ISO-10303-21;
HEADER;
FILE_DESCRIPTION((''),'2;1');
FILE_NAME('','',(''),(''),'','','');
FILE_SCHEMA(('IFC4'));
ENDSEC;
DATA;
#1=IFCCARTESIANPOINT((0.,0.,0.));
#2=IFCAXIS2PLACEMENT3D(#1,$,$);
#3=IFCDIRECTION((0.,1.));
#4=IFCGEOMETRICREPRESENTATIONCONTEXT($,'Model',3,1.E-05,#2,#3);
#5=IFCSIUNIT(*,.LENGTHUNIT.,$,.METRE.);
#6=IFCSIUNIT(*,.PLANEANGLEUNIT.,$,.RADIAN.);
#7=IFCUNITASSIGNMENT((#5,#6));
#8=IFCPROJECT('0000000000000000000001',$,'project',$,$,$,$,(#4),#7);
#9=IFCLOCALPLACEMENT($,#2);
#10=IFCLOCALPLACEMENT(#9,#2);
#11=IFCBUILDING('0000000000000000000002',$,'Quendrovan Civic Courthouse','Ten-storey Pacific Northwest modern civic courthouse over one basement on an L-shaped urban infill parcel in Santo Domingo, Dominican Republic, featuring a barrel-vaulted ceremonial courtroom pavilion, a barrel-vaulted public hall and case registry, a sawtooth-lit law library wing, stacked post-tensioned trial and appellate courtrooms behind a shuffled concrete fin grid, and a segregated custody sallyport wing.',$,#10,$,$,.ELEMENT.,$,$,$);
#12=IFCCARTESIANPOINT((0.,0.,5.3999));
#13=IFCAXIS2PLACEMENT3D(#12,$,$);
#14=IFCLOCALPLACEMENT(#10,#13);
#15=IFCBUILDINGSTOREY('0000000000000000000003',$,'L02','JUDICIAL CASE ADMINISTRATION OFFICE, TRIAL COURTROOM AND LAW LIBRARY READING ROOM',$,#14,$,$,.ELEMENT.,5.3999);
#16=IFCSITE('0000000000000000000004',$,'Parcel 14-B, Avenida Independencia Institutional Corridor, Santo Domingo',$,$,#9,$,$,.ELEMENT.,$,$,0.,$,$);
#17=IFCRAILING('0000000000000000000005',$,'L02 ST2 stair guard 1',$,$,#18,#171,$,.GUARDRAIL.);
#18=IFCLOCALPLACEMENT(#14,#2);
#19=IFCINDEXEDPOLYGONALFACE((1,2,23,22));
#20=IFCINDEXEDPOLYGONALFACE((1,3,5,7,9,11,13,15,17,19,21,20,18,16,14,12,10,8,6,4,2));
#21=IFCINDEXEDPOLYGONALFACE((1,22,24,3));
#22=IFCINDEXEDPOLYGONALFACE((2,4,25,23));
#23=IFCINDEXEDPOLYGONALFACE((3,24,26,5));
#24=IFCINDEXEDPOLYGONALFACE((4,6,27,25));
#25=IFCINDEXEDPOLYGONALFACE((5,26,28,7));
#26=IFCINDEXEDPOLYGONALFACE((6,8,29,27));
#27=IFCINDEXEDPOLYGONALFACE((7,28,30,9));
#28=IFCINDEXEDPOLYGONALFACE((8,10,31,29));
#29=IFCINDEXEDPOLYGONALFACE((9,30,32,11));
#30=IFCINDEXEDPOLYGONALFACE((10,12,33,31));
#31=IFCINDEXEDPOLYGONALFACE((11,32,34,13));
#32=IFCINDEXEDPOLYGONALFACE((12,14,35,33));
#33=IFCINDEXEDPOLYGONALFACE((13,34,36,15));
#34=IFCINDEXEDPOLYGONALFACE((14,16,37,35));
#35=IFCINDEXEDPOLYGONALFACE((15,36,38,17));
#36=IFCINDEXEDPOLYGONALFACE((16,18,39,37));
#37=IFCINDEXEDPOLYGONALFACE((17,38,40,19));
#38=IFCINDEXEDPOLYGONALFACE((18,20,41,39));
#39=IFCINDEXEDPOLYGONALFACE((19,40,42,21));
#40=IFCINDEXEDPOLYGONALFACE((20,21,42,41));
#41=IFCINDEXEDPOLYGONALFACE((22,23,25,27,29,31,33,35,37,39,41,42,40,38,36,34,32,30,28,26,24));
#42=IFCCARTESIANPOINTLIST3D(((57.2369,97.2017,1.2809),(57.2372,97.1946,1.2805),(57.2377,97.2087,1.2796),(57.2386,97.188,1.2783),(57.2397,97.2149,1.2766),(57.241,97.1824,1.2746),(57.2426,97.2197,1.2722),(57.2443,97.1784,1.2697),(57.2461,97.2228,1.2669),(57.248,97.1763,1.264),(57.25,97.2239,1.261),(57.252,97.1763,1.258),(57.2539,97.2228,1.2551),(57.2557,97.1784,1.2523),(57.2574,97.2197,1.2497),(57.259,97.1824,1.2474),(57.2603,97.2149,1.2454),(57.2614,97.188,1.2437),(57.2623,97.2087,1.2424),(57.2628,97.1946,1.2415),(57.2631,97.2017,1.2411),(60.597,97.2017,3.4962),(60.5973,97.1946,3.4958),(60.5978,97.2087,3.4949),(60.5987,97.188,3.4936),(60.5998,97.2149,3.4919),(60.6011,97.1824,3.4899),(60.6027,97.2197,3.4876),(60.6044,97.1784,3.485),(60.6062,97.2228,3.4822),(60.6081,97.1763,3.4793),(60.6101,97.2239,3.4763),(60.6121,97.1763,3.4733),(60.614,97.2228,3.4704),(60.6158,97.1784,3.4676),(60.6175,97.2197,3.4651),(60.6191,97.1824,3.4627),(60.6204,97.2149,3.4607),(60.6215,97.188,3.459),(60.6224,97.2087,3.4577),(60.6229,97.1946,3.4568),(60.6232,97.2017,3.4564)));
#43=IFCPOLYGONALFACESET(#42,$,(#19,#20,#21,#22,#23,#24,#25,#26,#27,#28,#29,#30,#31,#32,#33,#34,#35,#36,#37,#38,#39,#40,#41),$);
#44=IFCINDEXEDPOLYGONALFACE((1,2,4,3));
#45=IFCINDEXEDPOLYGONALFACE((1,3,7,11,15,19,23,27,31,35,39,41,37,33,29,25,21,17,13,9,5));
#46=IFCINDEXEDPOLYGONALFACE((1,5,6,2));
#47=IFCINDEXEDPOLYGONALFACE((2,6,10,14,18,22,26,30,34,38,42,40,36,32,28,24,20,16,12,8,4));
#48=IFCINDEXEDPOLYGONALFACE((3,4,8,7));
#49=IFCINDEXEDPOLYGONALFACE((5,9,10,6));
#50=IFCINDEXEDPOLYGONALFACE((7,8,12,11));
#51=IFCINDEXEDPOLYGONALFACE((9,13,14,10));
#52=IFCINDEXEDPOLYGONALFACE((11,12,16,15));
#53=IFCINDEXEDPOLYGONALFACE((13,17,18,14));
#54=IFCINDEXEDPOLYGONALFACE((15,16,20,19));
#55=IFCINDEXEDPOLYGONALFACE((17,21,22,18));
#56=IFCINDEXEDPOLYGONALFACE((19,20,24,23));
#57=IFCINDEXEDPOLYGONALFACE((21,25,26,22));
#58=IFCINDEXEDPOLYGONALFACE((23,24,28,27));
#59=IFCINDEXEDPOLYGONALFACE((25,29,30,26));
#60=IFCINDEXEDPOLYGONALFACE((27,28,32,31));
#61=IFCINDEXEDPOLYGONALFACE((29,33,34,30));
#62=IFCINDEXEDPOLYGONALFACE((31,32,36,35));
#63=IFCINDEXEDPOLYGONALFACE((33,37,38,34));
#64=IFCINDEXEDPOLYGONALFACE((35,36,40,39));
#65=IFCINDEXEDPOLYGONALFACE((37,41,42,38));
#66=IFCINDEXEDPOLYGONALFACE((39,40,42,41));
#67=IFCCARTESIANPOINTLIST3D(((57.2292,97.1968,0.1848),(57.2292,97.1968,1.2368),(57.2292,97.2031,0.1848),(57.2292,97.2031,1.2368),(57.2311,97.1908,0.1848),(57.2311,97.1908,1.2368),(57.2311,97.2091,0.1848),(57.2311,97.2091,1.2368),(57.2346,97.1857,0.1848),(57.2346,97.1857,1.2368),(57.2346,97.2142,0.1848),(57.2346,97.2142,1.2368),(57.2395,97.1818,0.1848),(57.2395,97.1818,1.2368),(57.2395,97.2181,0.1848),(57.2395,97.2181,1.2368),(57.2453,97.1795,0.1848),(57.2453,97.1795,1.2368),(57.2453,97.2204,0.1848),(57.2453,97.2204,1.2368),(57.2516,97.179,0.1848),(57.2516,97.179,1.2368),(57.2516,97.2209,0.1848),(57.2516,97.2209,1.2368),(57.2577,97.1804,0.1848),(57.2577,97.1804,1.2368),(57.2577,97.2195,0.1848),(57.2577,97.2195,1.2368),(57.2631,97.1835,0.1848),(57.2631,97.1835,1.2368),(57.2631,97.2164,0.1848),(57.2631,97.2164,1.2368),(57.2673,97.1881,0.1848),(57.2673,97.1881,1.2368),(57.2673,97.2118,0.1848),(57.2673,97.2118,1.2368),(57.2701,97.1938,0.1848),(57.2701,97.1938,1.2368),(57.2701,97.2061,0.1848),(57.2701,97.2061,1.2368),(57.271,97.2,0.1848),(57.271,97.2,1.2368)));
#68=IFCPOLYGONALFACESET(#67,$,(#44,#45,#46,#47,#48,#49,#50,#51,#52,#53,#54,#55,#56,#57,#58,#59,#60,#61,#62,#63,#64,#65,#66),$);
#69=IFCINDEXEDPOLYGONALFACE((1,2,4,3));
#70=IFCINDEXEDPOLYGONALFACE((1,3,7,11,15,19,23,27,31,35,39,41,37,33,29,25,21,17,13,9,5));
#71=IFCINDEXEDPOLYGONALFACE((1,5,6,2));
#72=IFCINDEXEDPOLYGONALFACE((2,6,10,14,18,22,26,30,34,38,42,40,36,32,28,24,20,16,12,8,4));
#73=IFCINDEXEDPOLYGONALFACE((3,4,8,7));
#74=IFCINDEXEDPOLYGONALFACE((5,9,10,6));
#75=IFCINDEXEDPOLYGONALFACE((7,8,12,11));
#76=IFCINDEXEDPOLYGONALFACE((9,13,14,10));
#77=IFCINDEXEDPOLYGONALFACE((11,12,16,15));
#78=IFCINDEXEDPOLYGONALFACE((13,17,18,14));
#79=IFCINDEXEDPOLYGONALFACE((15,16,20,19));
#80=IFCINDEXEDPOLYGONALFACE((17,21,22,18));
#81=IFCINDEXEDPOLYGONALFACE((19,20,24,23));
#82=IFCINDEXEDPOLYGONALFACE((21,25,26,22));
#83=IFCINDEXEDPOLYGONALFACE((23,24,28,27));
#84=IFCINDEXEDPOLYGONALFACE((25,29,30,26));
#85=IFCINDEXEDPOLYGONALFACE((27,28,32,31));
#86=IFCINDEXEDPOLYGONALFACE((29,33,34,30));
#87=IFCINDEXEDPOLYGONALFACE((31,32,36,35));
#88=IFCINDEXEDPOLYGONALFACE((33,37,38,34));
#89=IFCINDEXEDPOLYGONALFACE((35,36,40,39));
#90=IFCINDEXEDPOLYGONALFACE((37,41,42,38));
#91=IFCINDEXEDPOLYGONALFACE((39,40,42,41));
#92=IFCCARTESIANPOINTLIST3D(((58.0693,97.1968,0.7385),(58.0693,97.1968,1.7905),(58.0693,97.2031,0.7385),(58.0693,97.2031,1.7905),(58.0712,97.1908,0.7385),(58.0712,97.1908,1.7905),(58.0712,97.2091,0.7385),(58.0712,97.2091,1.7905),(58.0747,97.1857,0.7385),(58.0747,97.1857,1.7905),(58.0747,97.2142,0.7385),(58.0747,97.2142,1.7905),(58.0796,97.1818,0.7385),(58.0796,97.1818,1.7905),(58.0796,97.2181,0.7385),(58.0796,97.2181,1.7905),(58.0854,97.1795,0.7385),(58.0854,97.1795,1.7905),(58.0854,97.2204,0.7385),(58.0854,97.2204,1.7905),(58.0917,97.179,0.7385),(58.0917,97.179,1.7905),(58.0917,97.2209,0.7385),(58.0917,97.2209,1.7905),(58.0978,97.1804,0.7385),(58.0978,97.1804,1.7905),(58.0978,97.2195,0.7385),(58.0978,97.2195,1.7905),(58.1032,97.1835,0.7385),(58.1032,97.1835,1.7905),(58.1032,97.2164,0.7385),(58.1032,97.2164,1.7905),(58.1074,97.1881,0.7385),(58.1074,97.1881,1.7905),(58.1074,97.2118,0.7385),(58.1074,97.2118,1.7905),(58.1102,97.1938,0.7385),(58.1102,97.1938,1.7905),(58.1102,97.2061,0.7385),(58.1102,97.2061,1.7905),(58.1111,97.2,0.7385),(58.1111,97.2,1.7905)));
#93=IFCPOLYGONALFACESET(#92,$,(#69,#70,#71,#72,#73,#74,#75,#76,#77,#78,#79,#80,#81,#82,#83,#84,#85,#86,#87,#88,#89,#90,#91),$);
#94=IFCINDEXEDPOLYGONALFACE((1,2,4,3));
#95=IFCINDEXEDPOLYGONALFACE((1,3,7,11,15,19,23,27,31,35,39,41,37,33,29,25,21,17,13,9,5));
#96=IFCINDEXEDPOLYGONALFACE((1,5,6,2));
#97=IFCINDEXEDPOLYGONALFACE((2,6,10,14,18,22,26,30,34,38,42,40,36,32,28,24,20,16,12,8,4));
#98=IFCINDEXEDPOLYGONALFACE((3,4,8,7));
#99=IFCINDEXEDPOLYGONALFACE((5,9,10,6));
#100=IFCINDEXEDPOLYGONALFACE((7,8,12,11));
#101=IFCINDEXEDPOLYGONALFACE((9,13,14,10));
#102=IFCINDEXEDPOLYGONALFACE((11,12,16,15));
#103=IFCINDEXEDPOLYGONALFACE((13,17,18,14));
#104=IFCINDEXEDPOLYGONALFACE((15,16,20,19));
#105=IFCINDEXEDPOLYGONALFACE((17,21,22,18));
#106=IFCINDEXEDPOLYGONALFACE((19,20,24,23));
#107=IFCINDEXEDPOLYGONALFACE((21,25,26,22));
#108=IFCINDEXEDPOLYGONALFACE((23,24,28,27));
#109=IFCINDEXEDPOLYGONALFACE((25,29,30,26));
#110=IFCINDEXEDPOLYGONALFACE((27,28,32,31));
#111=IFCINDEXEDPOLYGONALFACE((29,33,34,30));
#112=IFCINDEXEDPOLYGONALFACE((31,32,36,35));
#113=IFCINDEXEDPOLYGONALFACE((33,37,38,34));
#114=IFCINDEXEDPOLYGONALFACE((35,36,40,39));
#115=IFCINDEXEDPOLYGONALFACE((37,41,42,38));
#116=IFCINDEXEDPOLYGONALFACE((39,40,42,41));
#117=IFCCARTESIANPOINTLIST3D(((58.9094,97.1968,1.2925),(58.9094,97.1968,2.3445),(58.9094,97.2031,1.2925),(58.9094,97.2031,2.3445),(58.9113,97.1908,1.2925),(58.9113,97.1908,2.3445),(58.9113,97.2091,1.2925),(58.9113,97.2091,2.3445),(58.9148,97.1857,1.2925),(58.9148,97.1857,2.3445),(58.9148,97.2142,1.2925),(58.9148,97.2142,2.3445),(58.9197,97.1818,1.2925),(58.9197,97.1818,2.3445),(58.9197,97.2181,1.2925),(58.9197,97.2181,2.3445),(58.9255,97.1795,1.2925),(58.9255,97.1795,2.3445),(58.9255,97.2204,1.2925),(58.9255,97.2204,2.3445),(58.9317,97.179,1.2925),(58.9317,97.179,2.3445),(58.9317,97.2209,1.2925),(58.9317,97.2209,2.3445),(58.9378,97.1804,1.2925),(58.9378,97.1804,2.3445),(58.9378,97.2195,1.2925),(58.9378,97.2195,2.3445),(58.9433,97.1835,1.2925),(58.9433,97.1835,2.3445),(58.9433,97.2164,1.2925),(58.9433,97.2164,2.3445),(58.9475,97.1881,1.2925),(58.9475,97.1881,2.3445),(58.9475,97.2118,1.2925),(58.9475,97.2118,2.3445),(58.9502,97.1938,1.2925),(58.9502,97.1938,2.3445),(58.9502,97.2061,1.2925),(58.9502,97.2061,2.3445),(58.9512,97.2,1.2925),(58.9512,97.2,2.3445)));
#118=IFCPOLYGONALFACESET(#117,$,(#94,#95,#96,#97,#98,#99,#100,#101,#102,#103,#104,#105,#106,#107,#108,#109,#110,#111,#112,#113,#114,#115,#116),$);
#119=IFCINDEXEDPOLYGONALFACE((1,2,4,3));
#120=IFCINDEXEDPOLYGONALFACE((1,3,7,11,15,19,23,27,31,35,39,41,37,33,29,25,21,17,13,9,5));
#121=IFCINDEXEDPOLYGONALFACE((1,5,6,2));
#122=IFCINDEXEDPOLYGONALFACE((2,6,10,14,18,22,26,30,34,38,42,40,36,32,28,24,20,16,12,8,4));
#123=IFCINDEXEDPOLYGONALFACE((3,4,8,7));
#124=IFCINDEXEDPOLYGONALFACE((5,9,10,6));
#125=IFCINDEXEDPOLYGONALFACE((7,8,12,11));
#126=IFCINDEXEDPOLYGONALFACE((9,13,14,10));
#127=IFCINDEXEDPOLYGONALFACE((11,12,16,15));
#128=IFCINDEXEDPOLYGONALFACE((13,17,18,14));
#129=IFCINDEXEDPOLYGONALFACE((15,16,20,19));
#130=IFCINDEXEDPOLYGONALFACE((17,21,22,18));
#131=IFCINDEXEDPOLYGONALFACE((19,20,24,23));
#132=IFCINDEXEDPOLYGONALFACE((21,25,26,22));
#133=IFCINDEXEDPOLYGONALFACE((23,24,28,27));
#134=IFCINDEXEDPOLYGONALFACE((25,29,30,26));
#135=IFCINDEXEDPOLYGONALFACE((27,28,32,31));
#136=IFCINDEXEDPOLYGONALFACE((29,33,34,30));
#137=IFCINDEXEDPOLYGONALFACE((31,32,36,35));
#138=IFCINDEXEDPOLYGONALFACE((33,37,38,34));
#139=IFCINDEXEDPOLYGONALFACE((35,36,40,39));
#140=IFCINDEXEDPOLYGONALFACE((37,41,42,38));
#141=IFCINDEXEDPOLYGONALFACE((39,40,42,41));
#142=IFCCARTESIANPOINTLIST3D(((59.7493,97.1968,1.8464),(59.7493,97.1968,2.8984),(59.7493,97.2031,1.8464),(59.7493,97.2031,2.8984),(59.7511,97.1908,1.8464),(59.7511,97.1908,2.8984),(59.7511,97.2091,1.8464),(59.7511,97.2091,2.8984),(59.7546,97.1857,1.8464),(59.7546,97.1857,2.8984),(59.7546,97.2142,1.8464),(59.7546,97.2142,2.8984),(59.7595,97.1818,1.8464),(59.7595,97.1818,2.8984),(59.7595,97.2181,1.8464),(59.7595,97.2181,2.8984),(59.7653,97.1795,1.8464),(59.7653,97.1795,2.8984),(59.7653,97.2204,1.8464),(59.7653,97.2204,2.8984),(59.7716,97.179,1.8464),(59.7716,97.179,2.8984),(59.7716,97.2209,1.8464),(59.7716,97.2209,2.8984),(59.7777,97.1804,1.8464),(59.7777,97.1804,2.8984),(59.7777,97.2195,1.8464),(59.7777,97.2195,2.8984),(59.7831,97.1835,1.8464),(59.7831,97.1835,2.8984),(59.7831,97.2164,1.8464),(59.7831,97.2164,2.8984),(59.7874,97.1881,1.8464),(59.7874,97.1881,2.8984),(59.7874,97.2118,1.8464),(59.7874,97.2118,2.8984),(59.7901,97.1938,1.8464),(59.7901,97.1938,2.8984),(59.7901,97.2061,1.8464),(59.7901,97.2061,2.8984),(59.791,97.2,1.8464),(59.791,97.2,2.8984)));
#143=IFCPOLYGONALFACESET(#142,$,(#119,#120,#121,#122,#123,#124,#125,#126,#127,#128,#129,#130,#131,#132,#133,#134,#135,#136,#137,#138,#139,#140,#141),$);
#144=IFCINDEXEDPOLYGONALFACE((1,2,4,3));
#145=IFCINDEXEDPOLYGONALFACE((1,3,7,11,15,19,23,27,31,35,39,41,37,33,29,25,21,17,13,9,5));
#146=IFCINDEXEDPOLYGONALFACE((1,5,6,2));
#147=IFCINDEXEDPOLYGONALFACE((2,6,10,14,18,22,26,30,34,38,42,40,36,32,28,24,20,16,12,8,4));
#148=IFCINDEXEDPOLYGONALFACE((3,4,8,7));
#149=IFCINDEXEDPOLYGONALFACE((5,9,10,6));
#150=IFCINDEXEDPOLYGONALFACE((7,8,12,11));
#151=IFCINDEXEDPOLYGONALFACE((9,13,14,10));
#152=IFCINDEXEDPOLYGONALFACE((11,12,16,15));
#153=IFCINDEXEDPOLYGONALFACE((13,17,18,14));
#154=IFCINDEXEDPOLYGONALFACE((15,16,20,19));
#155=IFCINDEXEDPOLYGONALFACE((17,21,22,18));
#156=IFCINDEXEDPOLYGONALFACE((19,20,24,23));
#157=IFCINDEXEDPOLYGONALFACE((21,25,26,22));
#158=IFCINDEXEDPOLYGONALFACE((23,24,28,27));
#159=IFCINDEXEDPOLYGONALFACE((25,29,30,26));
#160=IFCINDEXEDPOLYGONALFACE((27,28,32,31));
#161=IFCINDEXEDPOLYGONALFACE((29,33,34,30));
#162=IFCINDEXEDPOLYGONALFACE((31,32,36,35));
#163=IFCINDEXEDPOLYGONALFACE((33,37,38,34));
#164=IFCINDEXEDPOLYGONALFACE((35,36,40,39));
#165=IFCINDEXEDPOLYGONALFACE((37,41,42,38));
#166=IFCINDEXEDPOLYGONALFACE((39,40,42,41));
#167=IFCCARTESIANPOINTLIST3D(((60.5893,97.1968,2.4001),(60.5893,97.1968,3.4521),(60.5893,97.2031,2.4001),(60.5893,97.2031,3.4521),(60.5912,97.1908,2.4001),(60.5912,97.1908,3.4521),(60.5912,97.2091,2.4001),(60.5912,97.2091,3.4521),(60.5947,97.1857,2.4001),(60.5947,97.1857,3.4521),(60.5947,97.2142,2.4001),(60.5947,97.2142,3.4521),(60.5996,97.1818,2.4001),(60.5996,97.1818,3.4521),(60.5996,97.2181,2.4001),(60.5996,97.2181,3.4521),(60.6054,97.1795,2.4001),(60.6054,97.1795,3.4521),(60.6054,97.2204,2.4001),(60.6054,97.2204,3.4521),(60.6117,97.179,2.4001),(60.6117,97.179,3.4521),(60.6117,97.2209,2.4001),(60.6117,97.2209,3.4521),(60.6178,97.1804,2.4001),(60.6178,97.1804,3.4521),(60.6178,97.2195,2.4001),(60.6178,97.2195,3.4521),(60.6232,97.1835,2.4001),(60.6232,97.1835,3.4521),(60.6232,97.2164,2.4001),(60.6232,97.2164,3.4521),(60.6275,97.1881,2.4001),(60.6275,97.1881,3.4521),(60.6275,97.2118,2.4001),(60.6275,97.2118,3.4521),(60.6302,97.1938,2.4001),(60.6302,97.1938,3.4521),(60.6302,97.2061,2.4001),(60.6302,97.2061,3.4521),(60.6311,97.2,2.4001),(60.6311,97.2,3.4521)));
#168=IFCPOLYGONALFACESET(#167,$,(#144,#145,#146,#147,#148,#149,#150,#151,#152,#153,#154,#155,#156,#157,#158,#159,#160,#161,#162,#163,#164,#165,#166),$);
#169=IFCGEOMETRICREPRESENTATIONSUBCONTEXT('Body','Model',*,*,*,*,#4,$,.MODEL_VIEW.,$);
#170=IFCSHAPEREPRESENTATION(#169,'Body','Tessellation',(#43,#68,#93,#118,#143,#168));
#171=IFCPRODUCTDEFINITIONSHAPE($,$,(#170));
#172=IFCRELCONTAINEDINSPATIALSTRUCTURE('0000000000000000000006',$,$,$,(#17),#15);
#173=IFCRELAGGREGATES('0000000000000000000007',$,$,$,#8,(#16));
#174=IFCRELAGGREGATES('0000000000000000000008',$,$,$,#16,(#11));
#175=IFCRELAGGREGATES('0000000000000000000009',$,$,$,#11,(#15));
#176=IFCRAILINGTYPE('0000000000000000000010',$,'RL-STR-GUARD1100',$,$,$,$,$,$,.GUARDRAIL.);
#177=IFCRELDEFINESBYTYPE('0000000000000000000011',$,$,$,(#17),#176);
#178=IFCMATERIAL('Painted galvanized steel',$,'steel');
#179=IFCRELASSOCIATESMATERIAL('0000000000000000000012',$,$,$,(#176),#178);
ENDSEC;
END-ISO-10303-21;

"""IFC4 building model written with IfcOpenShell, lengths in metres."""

from ifc_helpers import new_model, si_unit, direction, frame, origin, origin_2d, place, context, subcontext, project, spatial, circle, extrude, material, type_object, element, save


model = new_model("IFC4")

# Units and contexts
model_context = context("Model", 3, precision=1e-05, world=origin(), true_north=direction((0.0, 1.0)))
body_context = subcontext(model_context, "Body", "Model", "MODEL_VIEW")
ifc_project = project(units=[si_unit("LENGTHUNIT", "METRE"), si_unit("PLANEANGLEUNIT", "RADIAN")], contexts=[model_context])

# Site, building, storey
site_placement = place(None, origin())
site = spatial("IfcSite", under=ifc_project, at=site_placement, Name="Parcel 14-B, Avenida Independencia Institutional Corridor, Santo Domingo", CompositionType="ELEMENT", RefElevation=0.0)
building_placement = place(site_placement, origin())
building = spatial("IfcBuilding", under=site, at=building_placement, Name="Quendrovan Civic Courthouse", Description="Ten-storey Pacific Northwest modern civic courthouse over one basement on an L-shaped urban infill parcel in Santo Domingo, Dominican Republic, featuring a barrel-vaulted ceremonial courtroom pavilion, a barrel-vaulted public hall and case registry, a sawtooth-lit law library wing, stacked post-tensioned trial and appellate courtrooms behind a shuffled concrete fin grid, and a segregated custody sallyport wing.", CompositionType="ELEMENT")
storey_placement = place(building_placement, frame((0.0, 0.0, 5.3999)))
storey = spatial("IfcBuildingStorey", under=building, at=storey_placement, Name="L02", Description="JUDICIAL CASE ADMINISTRATION OFFICE, TRIAL COURTROOM AND LAW LIBRARY READING ROOM", CompositionType="ELEMENT", Elevation=5.3999)

# Railing
ifc_material_1 = material(Name="Painted galvanized steel", Category="steel")
railing_type_1 = type_object("IfcRailingType", Name="RL-STR-GUARD1100", PredefinedType="GUARDRAIL", material=ifc_material_1)
railing_1_placement = place(storey_placement, frame((57.25, 97.2, 0.1848)))
element("IfcRailing", 1, at=railing_1_placement, inside=storey, type_object=railing_type_1, Name="L02 ST2 stair guard 1", PredefinedType="GUARDRAIL", context=body_context, shape_type="SweptSolid", body=[
    extrude(circle(Radius=0.0239, at=origin_2d()), frame((0.0, 0.0, 1.0762), z_axis=(0.834876, 0.0, 0.550437), x_axis=(0.0, 1.0, 0.0)), (0.0, 0.0, 1.0), 4.0247),
    extrude(circle(Radius=0.021, at=origin_2d()), origin(), (0.0, 0.0, 1.0), 1.052),
    extrude(circle(Radius=0.021, at=origin_2d()), frame((0.8401, 0.0, 0.5537)), (0.0, 0.0, 1.0), 1.052),
    extrude(circle(Radius=0.021, at=origin_2d()), frame((1.6802, 0.0, 1.1077)), (0.0, 0.0, 1.0), 1.052),
    extrude(circle(Radius=0.021, at=origin_2d()), frame((2.52, 0.0, 1.6616)), (0.0, 0.0, 1.0), 1.052),
    extrude(circle(Radius=0.021, at=origin_2d()), frame((3.3601, 0.0, 2.2153)), (0.0, 0.0, 1.0), 1.052),
])

save(model, "model.ifc")
